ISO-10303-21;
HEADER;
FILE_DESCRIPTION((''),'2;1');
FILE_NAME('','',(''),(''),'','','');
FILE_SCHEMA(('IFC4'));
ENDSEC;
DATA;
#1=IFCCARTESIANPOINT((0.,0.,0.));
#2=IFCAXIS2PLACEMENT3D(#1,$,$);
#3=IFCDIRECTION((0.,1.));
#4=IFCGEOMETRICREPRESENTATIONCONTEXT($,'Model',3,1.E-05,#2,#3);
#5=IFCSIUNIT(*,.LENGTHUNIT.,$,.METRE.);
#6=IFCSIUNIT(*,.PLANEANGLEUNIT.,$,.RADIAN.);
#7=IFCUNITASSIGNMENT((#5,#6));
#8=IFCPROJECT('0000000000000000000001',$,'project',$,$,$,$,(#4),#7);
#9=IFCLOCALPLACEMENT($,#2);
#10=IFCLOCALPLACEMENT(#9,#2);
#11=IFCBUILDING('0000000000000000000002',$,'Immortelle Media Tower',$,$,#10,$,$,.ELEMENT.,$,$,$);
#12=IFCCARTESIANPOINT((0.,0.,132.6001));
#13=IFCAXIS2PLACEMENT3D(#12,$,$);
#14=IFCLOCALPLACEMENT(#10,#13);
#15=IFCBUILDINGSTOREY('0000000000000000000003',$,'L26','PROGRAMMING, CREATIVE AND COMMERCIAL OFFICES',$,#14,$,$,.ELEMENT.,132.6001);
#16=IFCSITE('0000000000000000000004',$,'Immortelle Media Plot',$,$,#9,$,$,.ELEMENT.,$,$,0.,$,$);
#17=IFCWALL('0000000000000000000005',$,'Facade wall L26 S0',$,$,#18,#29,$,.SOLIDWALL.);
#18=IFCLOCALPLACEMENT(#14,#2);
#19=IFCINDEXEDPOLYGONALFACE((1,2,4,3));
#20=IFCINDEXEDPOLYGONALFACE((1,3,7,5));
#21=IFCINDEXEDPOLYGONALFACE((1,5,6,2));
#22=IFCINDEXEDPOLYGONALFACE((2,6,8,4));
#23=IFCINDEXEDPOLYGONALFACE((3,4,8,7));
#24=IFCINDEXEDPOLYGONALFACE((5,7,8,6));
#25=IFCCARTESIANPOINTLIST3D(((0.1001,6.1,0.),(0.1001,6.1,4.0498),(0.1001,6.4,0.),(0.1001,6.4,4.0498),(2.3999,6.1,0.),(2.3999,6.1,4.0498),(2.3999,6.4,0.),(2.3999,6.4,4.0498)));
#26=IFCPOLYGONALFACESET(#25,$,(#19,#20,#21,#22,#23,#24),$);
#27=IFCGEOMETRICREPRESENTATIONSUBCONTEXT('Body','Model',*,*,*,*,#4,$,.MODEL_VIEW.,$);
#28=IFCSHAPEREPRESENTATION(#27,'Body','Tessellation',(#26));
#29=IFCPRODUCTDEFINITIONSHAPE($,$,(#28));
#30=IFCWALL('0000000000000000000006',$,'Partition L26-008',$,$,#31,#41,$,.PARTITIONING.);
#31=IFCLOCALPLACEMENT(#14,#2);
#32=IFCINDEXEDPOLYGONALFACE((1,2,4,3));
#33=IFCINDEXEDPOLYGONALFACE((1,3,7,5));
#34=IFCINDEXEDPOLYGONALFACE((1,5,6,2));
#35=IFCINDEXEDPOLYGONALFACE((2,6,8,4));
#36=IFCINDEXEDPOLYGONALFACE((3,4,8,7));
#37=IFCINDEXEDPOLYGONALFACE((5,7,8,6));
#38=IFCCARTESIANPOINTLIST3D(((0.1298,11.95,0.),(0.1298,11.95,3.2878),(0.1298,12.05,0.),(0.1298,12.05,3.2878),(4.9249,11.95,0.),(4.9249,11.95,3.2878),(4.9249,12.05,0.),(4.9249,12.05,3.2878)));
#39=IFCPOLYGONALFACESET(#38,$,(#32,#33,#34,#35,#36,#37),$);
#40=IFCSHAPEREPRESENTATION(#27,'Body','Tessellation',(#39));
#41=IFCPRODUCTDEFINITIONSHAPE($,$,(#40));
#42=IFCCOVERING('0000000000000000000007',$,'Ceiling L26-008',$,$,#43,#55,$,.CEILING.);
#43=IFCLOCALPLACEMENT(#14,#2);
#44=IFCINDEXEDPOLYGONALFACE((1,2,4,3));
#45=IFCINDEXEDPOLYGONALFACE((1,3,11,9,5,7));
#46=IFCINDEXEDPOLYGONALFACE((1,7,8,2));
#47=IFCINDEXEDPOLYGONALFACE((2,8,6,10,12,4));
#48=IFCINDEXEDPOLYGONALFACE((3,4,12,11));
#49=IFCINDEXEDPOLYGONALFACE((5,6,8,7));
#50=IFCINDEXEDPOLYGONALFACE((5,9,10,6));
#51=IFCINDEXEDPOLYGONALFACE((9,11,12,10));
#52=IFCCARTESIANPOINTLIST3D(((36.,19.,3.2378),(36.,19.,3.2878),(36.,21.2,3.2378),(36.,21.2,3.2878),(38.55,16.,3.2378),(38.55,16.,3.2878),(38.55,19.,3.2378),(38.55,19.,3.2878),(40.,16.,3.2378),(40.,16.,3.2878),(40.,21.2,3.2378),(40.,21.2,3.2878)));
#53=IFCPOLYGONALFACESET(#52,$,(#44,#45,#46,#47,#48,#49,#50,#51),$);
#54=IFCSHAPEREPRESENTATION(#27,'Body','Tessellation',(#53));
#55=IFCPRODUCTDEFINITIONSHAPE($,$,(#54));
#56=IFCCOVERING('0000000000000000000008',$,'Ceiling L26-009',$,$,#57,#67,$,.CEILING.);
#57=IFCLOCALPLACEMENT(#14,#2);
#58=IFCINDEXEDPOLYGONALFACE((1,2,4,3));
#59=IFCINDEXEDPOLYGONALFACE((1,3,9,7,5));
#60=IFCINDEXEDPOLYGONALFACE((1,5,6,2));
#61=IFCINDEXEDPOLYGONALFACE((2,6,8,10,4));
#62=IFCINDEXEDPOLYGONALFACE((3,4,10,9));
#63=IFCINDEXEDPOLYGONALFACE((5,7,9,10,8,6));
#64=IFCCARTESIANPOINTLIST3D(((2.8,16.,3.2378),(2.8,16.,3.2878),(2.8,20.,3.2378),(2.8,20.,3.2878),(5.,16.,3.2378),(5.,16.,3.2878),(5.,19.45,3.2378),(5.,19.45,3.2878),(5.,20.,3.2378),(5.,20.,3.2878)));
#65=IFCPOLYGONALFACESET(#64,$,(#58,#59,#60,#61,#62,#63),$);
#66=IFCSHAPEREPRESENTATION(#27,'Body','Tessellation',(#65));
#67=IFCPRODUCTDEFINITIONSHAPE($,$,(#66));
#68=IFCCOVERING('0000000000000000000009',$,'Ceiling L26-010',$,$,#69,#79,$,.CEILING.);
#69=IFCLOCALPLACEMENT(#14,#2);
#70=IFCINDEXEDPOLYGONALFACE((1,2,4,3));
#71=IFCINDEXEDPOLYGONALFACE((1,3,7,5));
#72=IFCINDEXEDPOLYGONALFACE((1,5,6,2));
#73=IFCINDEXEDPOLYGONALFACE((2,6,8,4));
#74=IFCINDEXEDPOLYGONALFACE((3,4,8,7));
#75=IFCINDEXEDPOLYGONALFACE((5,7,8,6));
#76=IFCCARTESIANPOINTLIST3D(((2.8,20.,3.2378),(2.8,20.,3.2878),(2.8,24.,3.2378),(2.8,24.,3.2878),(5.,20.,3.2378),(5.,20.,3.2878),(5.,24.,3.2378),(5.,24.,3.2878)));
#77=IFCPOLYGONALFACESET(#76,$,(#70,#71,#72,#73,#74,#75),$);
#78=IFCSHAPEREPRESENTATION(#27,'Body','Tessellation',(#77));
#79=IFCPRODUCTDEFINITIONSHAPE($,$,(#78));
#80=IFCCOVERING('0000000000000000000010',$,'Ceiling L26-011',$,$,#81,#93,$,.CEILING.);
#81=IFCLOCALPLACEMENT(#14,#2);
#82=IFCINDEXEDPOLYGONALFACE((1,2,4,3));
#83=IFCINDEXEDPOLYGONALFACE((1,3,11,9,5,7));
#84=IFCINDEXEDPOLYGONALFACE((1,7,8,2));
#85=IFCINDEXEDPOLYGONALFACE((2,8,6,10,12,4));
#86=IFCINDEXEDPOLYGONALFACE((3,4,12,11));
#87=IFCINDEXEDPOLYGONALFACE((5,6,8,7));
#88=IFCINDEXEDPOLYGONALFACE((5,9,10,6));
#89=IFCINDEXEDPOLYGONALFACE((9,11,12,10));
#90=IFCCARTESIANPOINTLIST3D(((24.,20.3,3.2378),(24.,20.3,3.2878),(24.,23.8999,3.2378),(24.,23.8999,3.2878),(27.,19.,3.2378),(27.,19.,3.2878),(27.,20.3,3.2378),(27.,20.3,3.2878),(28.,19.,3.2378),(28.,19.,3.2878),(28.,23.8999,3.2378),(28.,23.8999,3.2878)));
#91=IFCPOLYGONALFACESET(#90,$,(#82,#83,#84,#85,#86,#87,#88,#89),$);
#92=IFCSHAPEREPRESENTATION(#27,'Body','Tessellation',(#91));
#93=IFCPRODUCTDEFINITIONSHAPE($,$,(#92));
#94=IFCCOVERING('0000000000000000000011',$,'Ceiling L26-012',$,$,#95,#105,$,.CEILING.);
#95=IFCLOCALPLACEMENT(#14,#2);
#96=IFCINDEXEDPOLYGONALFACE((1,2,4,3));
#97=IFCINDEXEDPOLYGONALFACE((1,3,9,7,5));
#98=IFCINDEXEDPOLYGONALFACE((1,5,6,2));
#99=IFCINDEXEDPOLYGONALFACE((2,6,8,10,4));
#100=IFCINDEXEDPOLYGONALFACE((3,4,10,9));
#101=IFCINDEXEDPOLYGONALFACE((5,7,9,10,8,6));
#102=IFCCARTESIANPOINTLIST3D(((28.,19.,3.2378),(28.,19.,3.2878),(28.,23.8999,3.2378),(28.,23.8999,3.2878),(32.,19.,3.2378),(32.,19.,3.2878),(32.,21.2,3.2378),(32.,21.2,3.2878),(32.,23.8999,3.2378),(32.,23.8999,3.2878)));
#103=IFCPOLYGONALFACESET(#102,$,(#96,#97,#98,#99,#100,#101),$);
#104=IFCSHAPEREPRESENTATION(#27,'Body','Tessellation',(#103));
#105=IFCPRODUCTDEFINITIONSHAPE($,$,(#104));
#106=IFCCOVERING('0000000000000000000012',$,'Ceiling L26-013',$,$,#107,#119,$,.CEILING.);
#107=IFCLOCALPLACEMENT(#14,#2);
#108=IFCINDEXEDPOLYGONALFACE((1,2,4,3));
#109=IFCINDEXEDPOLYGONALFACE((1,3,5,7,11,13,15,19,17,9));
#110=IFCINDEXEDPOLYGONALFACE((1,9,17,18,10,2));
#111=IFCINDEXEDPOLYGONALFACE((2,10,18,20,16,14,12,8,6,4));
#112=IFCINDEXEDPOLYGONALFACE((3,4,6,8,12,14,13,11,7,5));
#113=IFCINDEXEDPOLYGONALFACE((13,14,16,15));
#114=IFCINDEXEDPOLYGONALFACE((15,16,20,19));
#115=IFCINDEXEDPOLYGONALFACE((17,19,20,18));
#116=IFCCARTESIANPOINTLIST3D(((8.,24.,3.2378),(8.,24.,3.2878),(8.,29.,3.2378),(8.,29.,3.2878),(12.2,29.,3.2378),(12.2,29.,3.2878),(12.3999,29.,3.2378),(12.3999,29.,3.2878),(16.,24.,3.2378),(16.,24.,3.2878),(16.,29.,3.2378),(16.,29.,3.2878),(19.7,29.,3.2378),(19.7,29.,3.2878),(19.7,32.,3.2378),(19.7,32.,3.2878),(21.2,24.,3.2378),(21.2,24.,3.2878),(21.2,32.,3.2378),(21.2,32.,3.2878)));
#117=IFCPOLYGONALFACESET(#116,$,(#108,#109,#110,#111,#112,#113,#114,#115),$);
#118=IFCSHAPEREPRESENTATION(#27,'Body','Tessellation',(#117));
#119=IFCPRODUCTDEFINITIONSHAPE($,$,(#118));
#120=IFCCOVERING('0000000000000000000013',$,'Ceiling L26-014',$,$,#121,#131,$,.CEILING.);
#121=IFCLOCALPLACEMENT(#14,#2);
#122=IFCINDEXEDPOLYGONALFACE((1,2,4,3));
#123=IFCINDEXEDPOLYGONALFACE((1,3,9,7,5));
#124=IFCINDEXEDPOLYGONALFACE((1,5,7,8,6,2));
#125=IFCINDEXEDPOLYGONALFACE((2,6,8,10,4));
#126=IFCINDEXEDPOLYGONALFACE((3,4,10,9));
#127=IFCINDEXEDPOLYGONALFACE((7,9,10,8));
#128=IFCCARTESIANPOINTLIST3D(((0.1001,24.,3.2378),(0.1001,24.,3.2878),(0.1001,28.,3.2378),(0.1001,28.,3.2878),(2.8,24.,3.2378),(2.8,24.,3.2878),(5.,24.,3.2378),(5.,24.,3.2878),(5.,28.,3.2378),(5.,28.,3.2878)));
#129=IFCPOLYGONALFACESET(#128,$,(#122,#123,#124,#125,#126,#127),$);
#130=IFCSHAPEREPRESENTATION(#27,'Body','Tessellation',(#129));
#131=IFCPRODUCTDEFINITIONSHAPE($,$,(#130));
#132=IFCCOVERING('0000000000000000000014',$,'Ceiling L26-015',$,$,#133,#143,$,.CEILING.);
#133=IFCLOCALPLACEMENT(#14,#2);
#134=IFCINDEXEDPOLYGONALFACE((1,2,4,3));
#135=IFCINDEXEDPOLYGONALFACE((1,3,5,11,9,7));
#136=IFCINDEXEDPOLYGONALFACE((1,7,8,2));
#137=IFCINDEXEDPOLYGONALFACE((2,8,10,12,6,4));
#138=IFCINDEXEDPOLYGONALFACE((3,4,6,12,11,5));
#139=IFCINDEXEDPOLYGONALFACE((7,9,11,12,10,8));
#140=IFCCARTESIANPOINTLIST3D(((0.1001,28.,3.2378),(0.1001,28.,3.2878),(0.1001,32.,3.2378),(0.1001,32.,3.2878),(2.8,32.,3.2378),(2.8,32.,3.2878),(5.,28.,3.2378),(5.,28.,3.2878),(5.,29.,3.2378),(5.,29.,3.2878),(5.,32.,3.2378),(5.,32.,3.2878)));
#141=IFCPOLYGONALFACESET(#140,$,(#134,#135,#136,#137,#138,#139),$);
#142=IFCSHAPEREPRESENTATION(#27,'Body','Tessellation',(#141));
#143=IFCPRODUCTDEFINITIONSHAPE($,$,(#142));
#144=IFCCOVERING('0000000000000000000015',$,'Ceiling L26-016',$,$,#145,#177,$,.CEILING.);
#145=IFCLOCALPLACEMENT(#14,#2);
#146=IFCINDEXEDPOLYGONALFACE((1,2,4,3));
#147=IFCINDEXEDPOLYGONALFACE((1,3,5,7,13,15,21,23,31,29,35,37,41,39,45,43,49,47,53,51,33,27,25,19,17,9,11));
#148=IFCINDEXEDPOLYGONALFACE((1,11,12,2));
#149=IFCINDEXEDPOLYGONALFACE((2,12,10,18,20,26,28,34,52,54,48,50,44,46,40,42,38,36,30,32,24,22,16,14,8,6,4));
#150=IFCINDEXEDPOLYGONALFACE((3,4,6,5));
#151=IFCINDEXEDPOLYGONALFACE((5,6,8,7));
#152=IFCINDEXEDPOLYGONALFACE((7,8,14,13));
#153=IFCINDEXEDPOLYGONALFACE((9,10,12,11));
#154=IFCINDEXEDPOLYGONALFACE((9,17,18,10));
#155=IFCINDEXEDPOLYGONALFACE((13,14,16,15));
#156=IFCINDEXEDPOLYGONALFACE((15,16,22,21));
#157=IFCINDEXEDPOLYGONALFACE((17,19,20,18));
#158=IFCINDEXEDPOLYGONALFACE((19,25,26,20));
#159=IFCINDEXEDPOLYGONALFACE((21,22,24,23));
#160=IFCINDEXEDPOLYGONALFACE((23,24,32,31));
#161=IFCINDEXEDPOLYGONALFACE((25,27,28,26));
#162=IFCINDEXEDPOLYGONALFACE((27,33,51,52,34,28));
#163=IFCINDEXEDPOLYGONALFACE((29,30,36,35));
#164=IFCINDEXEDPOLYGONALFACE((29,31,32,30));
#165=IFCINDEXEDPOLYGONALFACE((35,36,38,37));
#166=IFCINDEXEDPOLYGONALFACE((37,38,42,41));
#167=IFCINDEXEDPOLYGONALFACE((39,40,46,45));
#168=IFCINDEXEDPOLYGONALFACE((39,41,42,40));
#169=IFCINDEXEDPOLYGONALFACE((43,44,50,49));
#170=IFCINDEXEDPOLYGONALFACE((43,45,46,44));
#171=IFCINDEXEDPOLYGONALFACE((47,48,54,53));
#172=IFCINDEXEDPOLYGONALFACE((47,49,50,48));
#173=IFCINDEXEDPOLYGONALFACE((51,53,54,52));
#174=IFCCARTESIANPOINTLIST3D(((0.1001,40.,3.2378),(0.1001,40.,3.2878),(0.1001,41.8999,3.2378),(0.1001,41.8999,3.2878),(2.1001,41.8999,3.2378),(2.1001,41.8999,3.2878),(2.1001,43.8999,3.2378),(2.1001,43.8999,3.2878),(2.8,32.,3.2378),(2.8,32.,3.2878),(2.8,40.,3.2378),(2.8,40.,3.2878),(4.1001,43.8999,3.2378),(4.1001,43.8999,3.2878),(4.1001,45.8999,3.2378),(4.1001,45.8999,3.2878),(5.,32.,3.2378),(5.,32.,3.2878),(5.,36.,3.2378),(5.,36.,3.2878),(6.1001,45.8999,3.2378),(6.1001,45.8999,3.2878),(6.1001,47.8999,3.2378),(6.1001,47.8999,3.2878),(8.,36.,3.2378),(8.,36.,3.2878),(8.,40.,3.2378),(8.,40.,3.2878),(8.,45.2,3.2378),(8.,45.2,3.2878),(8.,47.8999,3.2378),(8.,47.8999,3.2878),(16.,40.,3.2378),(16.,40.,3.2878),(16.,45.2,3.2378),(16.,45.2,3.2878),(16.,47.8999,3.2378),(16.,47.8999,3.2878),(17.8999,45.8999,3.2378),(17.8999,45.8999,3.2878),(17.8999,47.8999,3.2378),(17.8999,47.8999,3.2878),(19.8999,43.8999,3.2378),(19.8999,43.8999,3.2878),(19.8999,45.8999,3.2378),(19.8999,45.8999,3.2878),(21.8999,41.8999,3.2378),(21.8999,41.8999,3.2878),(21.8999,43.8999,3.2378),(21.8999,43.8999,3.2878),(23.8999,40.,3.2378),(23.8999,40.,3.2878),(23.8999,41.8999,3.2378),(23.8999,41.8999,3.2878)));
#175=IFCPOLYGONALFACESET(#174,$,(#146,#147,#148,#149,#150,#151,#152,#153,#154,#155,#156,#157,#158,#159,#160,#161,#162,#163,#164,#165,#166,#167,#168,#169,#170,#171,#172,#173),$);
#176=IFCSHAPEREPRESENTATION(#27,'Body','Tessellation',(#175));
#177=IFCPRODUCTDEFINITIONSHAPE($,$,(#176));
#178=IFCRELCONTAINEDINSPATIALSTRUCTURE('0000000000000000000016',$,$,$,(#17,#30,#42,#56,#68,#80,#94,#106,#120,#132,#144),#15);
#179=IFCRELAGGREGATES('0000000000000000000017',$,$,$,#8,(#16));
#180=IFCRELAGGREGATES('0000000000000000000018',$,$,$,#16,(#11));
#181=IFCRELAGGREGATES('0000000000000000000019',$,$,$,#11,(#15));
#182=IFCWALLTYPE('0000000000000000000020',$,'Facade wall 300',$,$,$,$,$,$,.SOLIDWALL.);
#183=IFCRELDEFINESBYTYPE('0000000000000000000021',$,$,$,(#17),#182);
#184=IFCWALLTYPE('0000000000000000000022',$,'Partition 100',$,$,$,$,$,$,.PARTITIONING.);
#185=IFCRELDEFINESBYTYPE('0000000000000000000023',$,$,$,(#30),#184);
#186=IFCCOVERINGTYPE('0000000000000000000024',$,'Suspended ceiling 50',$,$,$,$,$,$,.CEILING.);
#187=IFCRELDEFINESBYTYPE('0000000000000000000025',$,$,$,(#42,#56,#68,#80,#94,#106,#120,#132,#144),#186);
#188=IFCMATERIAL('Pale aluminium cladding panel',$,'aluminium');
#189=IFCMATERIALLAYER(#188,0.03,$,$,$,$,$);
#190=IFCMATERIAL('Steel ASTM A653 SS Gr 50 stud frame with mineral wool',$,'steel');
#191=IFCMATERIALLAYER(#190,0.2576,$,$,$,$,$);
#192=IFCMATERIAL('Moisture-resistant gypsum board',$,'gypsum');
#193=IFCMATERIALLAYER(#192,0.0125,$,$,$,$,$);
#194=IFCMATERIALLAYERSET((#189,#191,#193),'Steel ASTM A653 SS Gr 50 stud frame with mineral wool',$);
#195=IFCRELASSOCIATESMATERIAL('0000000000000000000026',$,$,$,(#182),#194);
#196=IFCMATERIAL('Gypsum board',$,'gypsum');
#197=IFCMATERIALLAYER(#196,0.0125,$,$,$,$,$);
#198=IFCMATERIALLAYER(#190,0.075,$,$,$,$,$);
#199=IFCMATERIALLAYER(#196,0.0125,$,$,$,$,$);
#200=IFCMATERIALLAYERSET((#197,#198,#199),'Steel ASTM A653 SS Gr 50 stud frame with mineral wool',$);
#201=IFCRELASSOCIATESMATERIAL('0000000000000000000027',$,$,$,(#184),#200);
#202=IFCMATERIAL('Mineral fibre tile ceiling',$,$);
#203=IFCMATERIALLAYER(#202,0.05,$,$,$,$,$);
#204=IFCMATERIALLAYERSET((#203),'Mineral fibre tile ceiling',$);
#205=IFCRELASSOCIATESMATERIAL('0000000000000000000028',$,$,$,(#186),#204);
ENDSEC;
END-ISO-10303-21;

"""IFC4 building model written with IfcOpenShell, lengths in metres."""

from ifc_helpers import new_model, si_unit, direction, frame, frame_2d, origin, place, context, subcontext, project, spatial, polyline, rectangle, outline, extrude, material, layer, layer_set, type_object, element, save


model = new_model("IFC4")

# Units and contexts
model_context = context("Model", 3, precision=1e-05, world=origin(), true_north=direction((0.0, 1.0)))
body_context = subcontext(model_context, "Body", "Model", "MODEL_VIEW")
ifc_project = project(units=[si_unit("LENGTHUNIT", "METRE"), si_unit("PLANEANGLEUNIT", "RADIAN")], contexts=[model_context])

# Site, building, storey
site_placement = place(None, origin())
site = spatial("IfcSite", under=ifc_project, at=site_placement, Name="Immortelle Media Plot", CompositionType="ELEMENT", RefElevation=0.0)
building_placement = place(site_placement, origin())
building = spatial("IfcBuilding", under=site, at=building_placement, Name="Immortelle Media Tower", CompositionType="ELEMENT")
storey_placement = place(building_placement, frame((0.0, 0.0, 132.6001)))
storey = spatial("IfcBuildingStorey", under=building, at=storey_placement, Name="L26", Description="PROGRAMMING, CREATIVE AND COMMERCIAL OFFICES", CompositionType="ELEMENT", Elevation=132.6001)

# Walls
ifc_material_1 = material(Name="Pale aluminium cladding panel", Category="aluminium")
ifc_layer_1 = layer(ifc_material_1, 0.03)
ifc_material_2 = material(Name="Steel ASTM A653 SS Gr 50 stud frame with mineral wool", Category="steel")
ifc_layer_2 = layer(ifc_material_2, 0.2576)
ifc_material_3 = material(Name="Moisture-resistant gypsum board", Category="gypsum")
ifc_layer_3 = layer(ifc_material_3, 0.0125)
ifc_layer_set_1 = layer_set([ifc_layer_1, ifc_layer_2, ifc_layer_3], Name="Steel ASTM A653 SS Gr 50 stud frame with mineral wool")
wall_type_1 = type_object("IfcWallType", Name="Facade wall 300", PredefinedType="SOLIDWALL", material=ifc_layer_set_1)
wall_1_placement = place(storey_placement, frame((0.1001, 6.25, 0.0), z_axis=(0.0, 0.0, 1.0), x_axis=(1.0, 0.0, 0.0)))
element("IfcWall", 1, at=wall_1_placement, inside=storey, type_object=wall_type_1, Name="Facade wall L26 S0", PredefinedType="SOLIDWALL", context=body_context, shape_type="SweptSolid", body=[
    extrude(rectangle(XDim=2.2998, YDim=0.3, at=frame_2d((1.1499, 0.0))), origin(), (0.0, 0.0, 1.0), 4.0498),
])
ifc_material_4 = material(Name="Gypsum board", Category="gypsum")
ifc_layer_4 = layer(ifc_material_4, 0.0125)
ifc_layer_5 = layer(ifc_material_2, 0.075)
ifc_layer_6 = layer(ifc_material_4, 0.0125)
ifc_layer_set_2 = layer_set([ifc_layer_4, ifc_layer_5, ifc_layer_6], Name="Steel ASTM A653 SS Gr 50 stud frame with mineral wool")
wall_type_2 = type_object("IfcWallType", Name="Partition 100", PredefinedType="PARTITIONING", material=ifc_layer_set_2)
wall_2_placement = place(storey_placement, frame((0.1299, 12.0, 0.0), z_axis=(0.0, 0.0, 1.0), x_axis=(1.0, 0.0, 0.0)))
element("IfcWall", 2, at=wall_2_placement, inside=storey, type_object=wall_type_2, Name="Partition L26-008", PredefinedType="PARTITIONING", context=body_context, shape_type="SweptSolid", body=[
    extrude(rectangle(XDim=4.7952, YDim=0.1001, at=frame_2d((2.3975, 0.0))), origin(), (0.0, 0.0, 1.0), 3.2878),
])

# Coverings
ifc_material_5 = material(Name="Mineral fibre tile ceiling")
ifc_layer_7 = layer(ifc_material_5, 0.05)
ifc_layer_set_3 = layer_set([ifc_layer_7], Name="Mineral fibre tile ceiling")
covering_type = type_object("IfcCoveringType", Name="Suspended ceiling 50", PredefinedType="CEILING", material=ifc_layer_set_3)
covering_1_placement = place(storey_placement, frame((0.0, 0.0, 3.2378)))
element("IfcCovering", 3, at=covering_1_placement, inside=storey, type_object=covering_type, Name="Ceiling L26-008", PredefinedType="CEILING", context=body_context, shape_type="SweptSolid", body=[
    extrude(outline(polyline([(38.55, 19.0), (36.0, 19.0), (36.0, 21.2), (40.0, 21.2), (40.0, 16.0), (38.55, 16.0), (38.55, 19.0)])), origin(), (0.0, 0.0, 1.0), 0.05),
])
covering_2_placement = place(storey_placement, frame((0.0, 0.0, 3.2378)))
element("IfcCovering", 4, at=covering_2_placement, inside=storey, type_object=covering_type, Name="Ceiling L26-009", PredefinedType="CEILING", context=body_context, shape_type="SweptSolid", body=[
    extrude(outline(polyline([(5.0, 16.0), (2.8, 16.0), (2.8, 20.0), (5.0, 20.0), (5.0, 19.45), (5.0, 16.0)])), origin(), (0.0, 0.0, 1.0), 0.05),
])
covering_3_placement = place(storey_placement, frame((0.0, 0.0, 3.2378)))
element("IfcCovering", 5, at=covering_3_placement, inside=storey, type_object=covering_type, Name="Ceiling L26-010", PredefinedType="CEILING", context=body_context, shape_type="SweptSolid", body=[
    extrude(outline(polyline([(2.8, 24.0), (5.0, 24.0), (5.0, 20.0), (2.8, 20.0), (2.8, 24.0)])), origin(), (0.0, 0.0, 1.0), 0.05),
])
covering_4_placement = place(storey_placement, frame((0.0, 0.0, 3.2378)))
element("IfcCovering", 6, at=covering_4_placement, inside=storey, type_object=covering_type, Name="Ceiling L26-011", PredefinedType="CEILING", context=body_context, shape_type="SweptSolid", body=[
    extrude(outline(polyline([(27.0, 20.3), (24.0, 20.3), (24.0, 23.8999), (28.0, 23.8999), (28.0, 19.0), (27.0, 19.0), (27.0, 20.3)])), origin(), (0.0, 0.0, 1.0), 0.05),
])
covering_5_placement = place(storey_placement, frame((0.0, 0.0, 3.2378)))
element("IfcCovering", 7, at=covering_5_placement, inside=storey, type_object=covering_type, Name="Ceiling L26-012", PredefinedType="CEILING", context=body_context, shape_type="SweptSolid", body=[
    extrude(outline(polyline([(32.0, 23.8999), (32.0, 21.2), (32.0, 19.0), (28.0, 19.0), (28.0, 23.8999), (32.0, 23.8999)])), origin(), (0.0, 0.0, 1.0), 0.05),
])
covering_6_placement = place(storey_placement, frame((0.0, 0.0, 3.2378)))
element("IfcCovering", 8, at=covering_6_placement, inside=storey, type_object=covering_type, Name="Ceiling L26-013", PredefinedType="CEILING", context=body_context, shape_type="SweptSolid", body=[
    extrude(outline(polyline([(8.0, 29.0), (12.2, 29.0), (12.3999, 29.0), (16.0, 29.0), (19.7, 29.0), (19.7, 32.0), (21.2, 32.0), (21.2, 24.0), (16.0, 24.0), (8.0, 24.0), (8.0, 29.0)])), origin(), (0.0, 0.0, 1.0), 0.05),
])
covering_7_placement = place(storey_placement, frame((0.0, 0.0, 3.2378)))
element("IfcCovering", 9, at=covering_7_placement, inside=storey, type_object=covering_type, Name="Ceiling L26-014", PredefinedType="CEILING", context=body_context, shape_type="SweptSolid", body=[
    extrude(outline(polyline([(5.0, 24.0), (2.8, 24.0), (0.1001, 24.0), (0.1001, 28.0), (5.0, 28.0), (5.0, 24.0)])), origin(), (0.0, 0.0, 1.0), 0.05),
])
covering_8_placement = place(storey_placement, frame((0.0, 0.0, 3.2378)))
element("IfcCovering", 10, at=covering_8_placement, inside=storey, type_object=covering_type, Name="Ceiling L26-015", PredefinedType="CEILING", context=body_context, shape_type="SweptSolid", body=[
    extrude(outline(polyline([(5.0, 28.0), (0.1001, 28.0), (0.1001, 32.0), (2.8, 32.0), (5.0, 32.0), (5.0, 29.0), (5.0, 28.0)])), origin(), (0.0, 0.0, 1.0), 0.05),
])
covering_9_placement = place(storey_placement, frame((0.0, 0.0, 3.2378)))
element("IfcCovering", 11, at=covering_9_placement, inside=storey, type_object=covering_type, Name="Ceiling L26-016", PredefinedType="CEILING", context=body_context, shape_type="SweptSolid", body=[
    extrude(outline(polyline([(2.8, 40.0), (0.1001, 40.0), (0.1001, 41.8999), (2.1001, 41.8999), (2.1001, 43.8999), (4.1001, 43.8999), (4.1001, 45.8999), (6.1001, 45.8999), (6.1001, 47.8999), (8.0, 47.8999), (8.0, 45.2), (16.0, 45.2), (16.0, 47.8999), (17.8999, 47.8999), (17.8999, 45.8999), (19.8999, 45.8999), (19.8999, 43.8999), (21.8999, 43.8999), (21.8999, 41.8999), (23.8999, 41.8999), (23.8999, 40.0), (16.0, 40.0), (8.0, 40.0), (8.0, 36.0), (5.0, 36.0), (5.0, 32.0), (2.8, 32.0), (2.8, 40.0)])), origin(), (0.0, 0.0, 1.0), 0.05),
])

save(model, "model.ifc")
